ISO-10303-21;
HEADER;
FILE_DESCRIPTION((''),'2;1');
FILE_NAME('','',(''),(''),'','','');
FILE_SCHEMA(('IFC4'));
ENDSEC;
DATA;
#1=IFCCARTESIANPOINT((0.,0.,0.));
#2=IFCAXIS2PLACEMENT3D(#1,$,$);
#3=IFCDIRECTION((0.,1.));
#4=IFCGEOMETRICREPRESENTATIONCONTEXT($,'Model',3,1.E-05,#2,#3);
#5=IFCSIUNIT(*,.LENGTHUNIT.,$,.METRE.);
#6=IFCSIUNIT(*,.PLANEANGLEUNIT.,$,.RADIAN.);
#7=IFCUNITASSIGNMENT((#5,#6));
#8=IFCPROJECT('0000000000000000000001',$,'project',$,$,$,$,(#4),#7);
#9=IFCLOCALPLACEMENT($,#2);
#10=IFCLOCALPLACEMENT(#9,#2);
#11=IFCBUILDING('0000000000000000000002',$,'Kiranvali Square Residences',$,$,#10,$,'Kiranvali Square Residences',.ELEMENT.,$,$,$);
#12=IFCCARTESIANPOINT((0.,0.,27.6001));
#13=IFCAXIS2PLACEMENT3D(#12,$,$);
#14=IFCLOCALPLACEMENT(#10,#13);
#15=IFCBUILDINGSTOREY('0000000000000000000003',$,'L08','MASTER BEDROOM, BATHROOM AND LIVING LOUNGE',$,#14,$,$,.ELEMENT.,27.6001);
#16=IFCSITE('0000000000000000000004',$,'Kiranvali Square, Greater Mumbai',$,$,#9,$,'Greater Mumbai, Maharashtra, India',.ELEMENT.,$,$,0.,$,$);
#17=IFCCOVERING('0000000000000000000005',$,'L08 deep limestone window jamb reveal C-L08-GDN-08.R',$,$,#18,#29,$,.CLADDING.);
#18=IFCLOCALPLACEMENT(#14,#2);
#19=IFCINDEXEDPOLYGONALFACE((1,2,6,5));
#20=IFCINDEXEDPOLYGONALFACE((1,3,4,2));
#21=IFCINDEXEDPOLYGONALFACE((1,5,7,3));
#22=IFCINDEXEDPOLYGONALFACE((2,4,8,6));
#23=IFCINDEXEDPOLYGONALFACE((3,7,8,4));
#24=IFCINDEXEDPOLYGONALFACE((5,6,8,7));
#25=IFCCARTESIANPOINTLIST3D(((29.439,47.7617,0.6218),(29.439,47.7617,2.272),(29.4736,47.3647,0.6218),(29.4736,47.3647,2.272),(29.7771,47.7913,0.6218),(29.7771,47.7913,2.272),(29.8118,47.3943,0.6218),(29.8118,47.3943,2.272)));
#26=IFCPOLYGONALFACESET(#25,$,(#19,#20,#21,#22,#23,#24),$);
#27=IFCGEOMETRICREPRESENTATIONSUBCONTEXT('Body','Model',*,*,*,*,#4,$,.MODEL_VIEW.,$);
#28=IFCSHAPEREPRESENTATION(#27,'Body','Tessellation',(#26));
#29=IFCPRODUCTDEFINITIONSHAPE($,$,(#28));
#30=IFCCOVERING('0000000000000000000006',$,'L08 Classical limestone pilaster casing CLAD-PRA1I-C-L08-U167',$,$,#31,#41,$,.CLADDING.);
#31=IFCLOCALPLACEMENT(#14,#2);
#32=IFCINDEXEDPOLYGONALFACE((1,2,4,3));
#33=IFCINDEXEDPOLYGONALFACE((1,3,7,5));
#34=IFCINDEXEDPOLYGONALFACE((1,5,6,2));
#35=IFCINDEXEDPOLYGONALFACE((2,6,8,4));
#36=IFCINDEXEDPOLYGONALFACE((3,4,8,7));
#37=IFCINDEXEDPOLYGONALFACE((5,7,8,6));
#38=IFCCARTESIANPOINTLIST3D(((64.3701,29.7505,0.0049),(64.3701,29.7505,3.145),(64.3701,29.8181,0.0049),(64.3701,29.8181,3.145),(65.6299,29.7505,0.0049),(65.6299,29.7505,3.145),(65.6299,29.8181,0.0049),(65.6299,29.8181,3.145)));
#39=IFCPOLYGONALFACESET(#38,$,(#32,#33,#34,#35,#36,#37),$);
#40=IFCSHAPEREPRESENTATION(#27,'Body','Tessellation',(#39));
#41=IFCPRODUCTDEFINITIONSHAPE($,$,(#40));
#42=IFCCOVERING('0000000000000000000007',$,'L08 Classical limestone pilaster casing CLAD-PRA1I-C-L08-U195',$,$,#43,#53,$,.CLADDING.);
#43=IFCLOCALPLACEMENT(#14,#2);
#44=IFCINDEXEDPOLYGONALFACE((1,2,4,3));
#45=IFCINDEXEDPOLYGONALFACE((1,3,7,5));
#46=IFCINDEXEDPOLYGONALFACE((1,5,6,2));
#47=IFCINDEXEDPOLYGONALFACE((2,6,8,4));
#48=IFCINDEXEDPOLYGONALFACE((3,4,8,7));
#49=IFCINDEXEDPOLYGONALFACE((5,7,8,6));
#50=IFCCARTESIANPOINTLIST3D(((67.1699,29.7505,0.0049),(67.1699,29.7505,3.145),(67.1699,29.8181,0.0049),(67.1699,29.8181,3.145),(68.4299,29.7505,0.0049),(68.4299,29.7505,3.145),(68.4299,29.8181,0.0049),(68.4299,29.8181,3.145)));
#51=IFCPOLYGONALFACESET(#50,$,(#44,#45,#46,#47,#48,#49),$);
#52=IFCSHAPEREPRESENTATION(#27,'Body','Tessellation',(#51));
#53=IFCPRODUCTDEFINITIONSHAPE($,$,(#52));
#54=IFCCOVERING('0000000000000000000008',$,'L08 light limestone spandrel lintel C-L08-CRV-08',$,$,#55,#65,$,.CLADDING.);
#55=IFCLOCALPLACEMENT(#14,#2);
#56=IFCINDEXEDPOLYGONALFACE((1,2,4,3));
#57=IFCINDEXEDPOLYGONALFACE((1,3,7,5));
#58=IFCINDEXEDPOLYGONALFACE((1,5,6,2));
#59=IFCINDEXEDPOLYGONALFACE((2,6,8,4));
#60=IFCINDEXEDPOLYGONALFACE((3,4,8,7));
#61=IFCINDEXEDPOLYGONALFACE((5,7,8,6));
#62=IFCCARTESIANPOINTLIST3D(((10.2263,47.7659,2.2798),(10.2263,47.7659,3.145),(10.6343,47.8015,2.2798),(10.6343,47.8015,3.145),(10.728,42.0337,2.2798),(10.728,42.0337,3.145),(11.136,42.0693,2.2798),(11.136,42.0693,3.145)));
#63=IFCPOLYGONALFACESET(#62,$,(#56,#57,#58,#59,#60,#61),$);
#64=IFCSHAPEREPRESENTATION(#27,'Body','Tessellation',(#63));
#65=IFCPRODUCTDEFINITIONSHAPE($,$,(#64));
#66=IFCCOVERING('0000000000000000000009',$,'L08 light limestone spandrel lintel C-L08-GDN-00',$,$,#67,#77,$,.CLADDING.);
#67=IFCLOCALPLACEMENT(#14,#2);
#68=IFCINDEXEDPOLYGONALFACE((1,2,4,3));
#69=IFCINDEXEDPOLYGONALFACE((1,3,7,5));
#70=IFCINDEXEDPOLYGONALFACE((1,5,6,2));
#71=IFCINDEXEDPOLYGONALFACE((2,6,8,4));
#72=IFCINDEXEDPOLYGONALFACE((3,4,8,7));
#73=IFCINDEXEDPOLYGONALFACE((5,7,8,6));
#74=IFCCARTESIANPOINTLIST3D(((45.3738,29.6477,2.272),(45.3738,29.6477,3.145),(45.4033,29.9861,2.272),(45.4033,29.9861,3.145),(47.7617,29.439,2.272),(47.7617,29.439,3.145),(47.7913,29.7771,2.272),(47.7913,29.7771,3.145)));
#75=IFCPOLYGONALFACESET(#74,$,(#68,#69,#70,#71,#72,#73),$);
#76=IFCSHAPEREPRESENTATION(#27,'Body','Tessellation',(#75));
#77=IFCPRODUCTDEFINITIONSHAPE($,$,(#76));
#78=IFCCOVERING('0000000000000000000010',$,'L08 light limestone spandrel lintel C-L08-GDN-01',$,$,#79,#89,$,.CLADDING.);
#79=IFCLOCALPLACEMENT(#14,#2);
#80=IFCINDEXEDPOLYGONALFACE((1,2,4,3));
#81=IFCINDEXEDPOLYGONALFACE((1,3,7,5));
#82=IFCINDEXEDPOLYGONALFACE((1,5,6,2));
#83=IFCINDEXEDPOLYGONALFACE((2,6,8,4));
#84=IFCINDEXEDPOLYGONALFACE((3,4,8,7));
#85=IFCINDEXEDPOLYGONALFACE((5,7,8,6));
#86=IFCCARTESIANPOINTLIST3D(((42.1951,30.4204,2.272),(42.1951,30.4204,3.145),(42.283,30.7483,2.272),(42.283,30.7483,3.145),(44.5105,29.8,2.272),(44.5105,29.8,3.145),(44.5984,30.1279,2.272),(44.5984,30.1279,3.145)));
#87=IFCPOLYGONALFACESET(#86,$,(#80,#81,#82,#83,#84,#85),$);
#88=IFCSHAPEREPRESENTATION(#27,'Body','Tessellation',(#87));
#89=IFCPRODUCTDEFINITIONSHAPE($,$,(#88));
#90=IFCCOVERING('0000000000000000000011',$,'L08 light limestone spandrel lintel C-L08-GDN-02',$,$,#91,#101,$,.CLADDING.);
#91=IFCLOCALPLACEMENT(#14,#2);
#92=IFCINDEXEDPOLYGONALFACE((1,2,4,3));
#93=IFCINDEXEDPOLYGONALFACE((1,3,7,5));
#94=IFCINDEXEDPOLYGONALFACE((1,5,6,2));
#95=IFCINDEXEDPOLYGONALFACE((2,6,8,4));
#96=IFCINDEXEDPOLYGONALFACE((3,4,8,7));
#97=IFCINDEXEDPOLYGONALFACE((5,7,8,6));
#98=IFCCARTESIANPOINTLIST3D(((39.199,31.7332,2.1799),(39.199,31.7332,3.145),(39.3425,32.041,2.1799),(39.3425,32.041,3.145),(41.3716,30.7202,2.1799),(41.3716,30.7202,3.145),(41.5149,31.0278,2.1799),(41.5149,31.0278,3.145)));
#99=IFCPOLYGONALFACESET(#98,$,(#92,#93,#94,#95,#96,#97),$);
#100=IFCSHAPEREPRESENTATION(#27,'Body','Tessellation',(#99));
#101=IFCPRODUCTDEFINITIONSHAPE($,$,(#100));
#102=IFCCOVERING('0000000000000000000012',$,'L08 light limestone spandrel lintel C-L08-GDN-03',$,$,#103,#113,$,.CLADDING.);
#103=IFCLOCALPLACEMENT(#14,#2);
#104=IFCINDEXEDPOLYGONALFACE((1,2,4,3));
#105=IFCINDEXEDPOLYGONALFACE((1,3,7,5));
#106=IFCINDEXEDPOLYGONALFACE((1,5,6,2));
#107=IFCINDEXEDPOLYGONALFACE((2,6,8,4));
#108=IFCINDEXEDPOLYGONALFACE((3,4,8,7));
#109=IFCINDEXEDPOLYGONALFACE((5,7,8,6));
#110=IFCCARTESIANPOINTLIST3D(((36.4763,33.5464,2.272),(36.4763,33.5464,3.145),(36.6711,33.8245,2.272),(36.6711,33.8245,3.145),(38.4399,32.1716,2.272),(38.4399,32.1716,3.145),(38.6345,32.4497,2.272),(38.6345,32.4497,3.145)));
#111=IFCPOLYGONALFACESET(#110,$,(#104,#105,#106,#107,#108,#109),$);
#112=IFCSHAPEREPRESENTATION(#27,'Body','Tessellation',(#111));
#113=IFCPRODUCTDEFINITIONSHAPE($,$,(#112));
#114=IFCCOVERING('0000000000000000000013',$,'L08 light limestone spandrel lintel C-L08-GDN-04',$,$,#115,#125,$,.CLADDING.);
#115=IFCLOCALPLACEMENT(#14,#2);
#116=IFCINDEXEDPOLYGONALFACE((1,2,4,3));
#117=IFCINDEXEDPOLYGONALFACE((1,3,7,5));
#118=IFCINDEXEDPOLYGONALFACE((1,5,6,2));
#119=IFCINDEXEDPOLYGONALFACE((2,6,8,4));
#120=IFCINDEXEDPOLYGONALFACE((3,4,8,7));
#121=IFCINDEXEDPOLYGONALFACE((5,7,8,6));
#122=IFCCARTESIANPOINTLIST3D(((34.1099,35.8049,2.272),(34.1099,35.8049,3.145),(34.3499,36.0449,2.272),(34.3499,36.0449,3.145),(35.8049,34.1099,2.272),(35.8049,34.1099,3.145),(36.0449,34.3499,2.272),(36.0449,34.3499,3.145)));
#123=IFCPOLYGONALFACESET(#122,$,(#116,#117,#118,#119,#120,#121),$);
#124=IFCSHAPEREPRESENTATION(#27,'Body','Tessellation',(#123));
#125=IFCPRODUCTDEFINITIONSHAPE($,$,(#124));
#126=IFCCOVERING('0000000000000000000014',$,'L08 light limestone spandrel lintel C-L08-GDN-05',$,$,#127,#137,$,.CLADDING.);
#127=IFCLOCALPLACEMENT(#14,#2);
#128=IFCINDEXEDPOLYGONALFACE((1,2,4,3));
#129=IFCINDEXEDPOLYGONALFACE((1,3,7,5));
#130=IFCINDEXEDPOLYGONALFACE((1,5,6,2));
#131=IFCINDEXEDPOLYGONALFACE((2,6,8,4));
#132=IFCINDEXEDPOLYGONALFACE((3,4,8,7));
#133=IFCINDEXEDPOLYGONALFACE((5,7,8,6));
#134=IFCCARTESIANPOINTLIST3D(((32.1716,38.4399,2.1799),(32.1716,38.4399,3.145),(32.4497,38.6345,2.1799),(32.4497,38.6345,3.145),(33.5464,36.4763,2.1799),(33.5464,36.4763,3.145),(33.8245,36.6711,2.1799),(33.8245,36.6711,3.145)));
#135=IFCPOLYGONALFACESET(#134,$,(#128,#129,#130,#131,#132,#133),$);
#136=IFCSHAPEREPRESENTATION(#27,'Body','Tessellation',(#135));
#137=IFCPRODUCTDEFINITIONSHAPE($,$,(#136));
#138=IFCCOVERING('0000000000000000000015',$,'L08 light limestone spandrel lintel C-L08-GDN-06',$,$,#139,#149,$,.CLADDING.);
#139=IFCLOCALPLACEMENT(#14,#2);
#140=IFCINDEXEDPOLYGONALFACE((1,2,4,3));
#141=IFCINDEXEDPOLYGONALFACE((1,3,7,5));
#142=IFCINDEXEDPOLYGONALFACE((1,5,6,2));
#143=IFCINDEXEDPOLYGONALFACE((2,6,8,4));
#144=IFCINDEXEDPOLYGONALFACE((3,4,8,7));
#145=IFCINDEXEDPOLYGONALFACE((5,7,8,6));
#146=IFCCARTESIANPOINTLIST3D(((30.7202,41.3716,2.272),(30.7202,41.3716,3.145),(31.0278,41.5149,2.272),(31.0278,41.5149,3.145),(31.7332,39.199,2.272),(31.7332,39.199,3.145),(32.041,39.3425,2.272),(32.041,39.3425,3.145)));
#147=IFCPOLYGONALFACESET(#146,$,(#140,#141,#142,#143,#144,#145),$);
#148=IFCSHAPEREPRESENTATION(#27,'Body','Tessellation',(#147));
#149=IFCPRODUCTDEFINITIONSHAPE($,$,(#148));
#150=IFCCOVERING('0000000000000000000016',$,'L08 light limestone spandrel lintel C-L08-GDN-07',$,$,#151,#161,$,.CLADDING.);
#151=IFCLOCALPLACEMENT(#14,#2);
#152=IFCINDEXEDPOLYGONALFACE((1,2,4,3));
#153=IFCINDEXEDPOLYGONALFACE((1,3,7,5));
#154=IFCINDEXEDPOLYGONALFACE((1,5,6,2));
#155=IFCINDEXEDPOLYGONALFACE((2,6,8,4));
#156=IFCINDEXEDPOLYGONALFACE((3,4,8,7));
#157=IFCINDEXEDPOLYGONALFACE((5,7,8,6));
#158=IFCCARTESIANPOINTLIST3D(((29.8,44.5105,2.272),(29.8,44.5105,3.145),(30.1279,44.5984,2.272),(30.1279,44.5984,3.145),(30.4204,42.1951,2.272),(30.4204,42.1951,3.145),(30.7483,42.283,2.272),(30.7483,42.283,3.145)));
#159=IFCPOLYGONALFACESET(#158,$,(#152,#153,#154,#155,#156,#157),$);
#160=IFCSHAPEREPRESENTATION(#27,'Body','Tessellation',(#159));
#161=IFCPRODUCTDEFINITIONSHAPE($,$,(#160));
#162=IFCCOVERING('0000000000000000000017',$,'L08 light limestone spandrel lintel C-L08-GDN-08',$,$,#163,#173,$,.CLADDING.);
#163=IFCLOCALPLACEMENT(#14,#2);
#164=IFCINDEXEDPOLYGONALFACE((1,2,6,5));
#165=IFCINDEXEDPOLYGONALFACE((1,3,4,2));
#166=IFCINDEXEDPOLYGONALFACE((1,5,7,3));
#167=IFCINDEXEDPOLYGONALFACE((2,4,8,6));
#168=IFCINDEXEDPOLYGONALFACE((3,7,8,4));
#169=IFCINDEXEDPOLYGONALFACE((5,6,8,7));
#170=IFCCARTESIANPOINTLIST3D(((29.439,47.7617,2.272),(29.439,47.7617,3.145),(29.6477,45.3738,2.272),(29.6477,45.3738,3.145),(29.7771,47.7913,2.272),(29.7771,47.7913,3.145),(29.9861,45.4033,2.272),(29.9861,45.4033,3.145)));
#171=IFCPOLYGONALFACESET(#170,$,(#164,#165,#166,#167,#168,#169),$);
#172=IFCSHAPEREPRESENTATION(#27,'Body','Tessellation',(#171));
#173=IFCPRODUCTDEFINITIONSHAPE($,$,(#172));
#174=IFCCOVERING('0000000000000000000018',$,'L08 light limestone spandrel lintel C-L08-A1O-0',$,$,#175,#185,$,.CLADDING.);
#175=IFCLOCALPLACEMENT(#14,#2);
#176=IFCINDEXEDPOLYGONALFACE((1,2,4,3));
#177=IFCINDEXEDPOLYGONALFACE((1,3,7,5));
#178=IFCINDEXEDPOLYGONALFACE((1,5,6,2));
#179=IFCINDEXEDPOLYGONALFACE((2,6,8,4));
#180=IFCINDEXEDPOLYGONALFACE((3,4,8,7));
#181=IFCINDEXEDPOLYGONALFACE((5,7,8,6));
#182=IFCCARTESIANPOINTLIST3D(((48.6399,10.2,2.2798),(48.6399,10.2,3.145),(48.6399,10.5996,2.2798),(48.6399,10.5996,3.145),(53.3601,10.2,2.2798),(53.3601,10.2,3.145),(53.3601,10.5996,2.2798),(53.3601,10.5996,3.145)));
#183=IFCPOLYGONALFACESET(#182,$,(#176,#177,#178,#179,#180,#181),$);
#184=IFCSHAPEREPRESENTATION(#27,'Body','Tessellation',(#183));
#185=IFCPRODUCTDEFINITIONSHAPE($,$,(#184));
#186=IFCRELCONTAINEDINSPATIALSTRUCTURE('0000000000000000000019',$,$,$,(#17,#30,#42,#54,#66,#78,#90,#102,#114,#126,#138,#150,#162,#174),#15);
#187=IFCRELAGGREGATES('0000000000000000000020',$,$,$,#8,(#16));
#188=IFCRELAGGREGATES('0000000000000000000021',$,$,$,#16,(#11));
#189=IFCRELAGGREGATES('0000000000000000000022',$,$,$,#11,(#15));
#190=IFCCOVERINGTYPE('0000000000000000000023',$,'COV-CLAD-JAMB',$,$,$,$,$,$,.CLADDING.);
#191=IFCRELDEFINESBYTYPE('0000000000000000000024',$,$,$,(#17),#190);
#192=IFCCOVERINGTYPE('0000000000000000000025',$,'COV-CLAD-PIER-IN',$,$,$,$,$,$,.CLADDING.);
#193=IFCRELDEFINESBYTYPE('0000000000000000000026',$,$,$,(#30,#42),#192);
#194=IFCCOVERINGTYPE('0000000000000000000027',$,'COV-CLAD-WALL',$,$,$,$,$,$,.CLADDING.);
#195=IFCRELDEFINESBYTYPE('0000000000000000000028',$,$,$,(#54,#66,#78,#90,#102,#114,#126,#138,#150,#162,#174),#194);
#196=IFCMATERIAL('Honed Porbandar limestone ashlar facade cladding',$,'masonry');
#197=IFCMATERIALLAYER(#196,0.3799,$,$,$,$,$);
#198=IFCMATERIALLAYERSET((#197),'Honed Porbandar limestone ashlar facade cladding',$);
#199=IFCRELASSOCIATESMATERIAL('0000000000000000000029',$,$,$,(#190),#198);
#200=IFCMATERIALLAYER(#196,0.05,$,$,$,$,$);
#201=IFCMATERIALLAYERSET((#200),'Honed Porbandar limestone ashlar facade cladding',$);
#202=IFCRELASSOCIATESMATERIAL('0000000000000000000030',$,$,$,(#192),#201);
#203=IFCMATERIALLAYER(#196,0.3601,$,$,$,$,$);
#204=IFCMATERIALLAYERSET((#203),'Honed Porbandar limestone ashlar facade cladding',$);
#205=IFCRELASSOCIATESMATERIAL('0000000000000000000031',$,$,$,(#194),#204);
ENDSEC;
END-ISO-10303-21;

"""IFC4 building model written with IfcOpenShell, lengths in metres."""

from ifc_helpers import new_model, si_unit, direction, frame, origin, place, context, subcontext, project, spatial, polyline, outline, extrude, material, layer, layer_set, type_object, element, save


model = new_model("IFC4")

# Units and contexts
model_context = context("Model", 3, precision=1e-05, world=origin(), true_north=direction((0.0, 1.0)))
body_context = subcontext(model_context, "Body", "Model", "MODEL_VIEW")
ifc_project = project(units=[si_unit("LENGTHUNIT", "METRE"), si_unit("PLANEANGLEUNIT", "RADIAN")], contexts=[model_context])

# Site, building, storey
site_placement = place(None, origin())
site = spatial("IfcSite", under=ifc_project, at=site_placement, Name="Kiranvali Square, Greater Mumbai", LongName="Greater Mumbai, Maharashtra, India", CompositionType="ELEMENT", RefElevation=0.0)
building_placement = place(site_placement, origin())
building = spatial("IfcBuilding", under=site, at=building_placement, Name="Kiranvali Square Residences", LongName="Kiranvali Square Residences", CompositionType="ELEMENT")
storey_placement = place(building_placement, frame((0.0, 0.0, 27.6001)))
storey = spatial("IfcBuildingStorey", under=building, at=storey_placement, Name="L08", Description="MASTER BEDROOM, BATHROOM AND LIVING LOUNGE", CompositionType="ELEMENT", Elevation=27.6001)

# Coverings
ifc_material = material(Name="Honed Porbandar limestone ashlar facade cladding", Category="masonry")
ifc_layer_1 = layer(ifc_material, 0.3799)
ifc_layer_set_1 = layer_set([ifc_layer_1], Name="Honed Porbandar limestone ashlar facade cladding")
covering_type_1 = type_object("IfcCoveringType", Name="COV-CLAD-JAMB", PredefinedType="CLADDING", material=ifc_layer_set_1)
covering_1_placement = place(storey_placement, frame((0.0, 0.0, 0.6218)))
element("IfcCovering", 1, at=covering_1_placement, inside=storey, type_object=covering_type_1, Name="L08 deep limestone window jamb reveal C-L08-GDN-08.R", PredefinedType="CLADDING", context=body_context, shape_type="SweptSolid", body=[
    extrude(outline(polyline([(29.8118, 47.3943), (29.7771, 47.7913), (29.439, 47.7617), (29.4736, 47.3647), (29.8118, 47.3943)])), origin(), (0.0, 0.0, 1.0), 1.6501),
])
ifc_layer_2 = layer(ifc_material, 0.05)
ifc_layer_set_2 = layer_set([ifc_layer_2], Name="Honed Porbandar limestone ashlar facade cladding")
covering_type_2 = type_object("IfcCoveringType", Name="COV-CLAD-PIER-IN", PredefinedType="CLADDING", material=ifc_layer_set_2)
covering_2_placement = place(storey_placement, frame((0.0, 0.0, 0.0049)))
element("IfcCovering", 2, at=covering_2_placement, inside=storey, type_object=covering_type_2, Name="L08 Classical limestone pilaster casing CLAD-PRA1I-C-L08-U167", PredefinedType="CLADDING", context=body_context, shape_type="SweptSolid", body=[
    extrude(outline(polyline([(64.3701, 29.7505), (65.6299, 29.7505), (65.6299, 29.8181), (64.3701, 29.8181), (64.3701, 29.7505)])), origin(), (0.0, 0.0, 1.0), 3.1401),
])
covering_3_placement = place(storey_placement, frame((0.0, 0.0, 0.0049)))
element("IfcCovering", 3, at=covering_3_placement, inside=storey, type_object=covering_type_2, Name="L08 Classical limestone pilaster casing CLAD-PRA1I-C-L08-U195", PredefinedType="CLADDING", context=body_context, shape_type="SweptSolid", body=[
    extrude(outline(polyline([(67.1699, 29.7505), (68.4299, 29.7505), (68.4299, 29.8181), (67.1699, 29.8181), (67.1699, 29.7505)])), origin(), (0.0, 0.0, 1.0), 3.1401),
])
ifc_layer_3 = layer(ifc_material, 0.3601)
ifc_layer_set_3 = layer_set([ifc_layer_3], Name="Honed Porbandar limestone ashlar facade cladding")
covering_type_3 = type_object("IfcCoveringType", Name="COV-CLAD-WALL", PredefinedType="CLADDING", material=ifc_layer_set_3)
covering_4_placement = place(storey_placement, frame((0.0, 0.0, 2.2798)))
element("IfcCovering", 4, at=covering_4_placement, inside=storey, type_object=covering_type_3, Name="L08 light limestone spandrel lintel C-L08-CRV-08", PredefinedType="CLADDING", context=body_context, shape_type="SweptSolid", body=[
    extrude(outline(polyline([(11.136, 42.0693), (10.6343, 47.8015), (10.2263, 47.7659), (10.728, 42.0337), (11.136, 42.0693)])), origin(), (0.0, 0.0, 1.0), 0.8652),
])
covering_5_placement = place(storey_placement, frame((0.0, 0.0, 2.272)))
element("IfcCovering", 5, at=covering_5_placement, inside=storey, type_object=covering_type_3, Name="L08 light limestone spandrel lintel C-L08-GDN-00", PredefinedType="CLADDING", context=body_context, shape_type="SweptSolid", body=[
    extrude(outline(polyline([(47.7913, 29.7771), (45.4033, 29.9861), (45.3738, 29.6477), (47.7617, 29.439), (47.7913, 29.7771)])), origin(), (0.0, 0.0, 1.0), 0.873),
])
covering_6_placement = place(storey_placement, frame((0.0, 0.0, 2.272)))
element("IfcCovering", 6, at=covering_6_placement, inside=storey, type_object=covering_type_3, Name="L08 light limestone spandrel lintel C-L08-GDN-01", PredefinedType="CLADDING", context=body_context, shape_type="SweptSolid", body=[
    extrude(outline(polyline([(44.5984, 30.1279), (42.283, 30.7483), (42.1951, 30.4204), (44.5105, 29.8), (44.5984, 30.1279)])), origin(), (0.0, 0.0, 1.0), 0.873),
])
covering_7_placement = place(storey_placement, frame((0.0, 0.0, 2.1799)))
element("IfcCovering", 7, at=covering_7_placement, inside=storey, type_object=covering_type_3, Name="L08 light limestone spandrel lintel C-L08-GDN-02", PredefinedType="CLADDING", context=body_context, shape_type="SweptSolid", body=[
    extrude(outline(polyline([(41.5149, 31.0278), (39.3425, 32.041), (39.199, 31.7332), (41.3716, 30.7202), (41.5149, 31.0278)])), origin(), (0.0, 0.0, 1.0), 0.9651),
])
covering_8_placement = place(storey_placement, frame((0.0, 0.0, 2.272)))
element("IfcCovering", 8, at=covering_8_placement, inside=storey, type_object=covering_type_3, Name="L08 light limestone spandrel lintel C-L08-GDN-03", PredefinedType="CLADDING", context=body_context, shape_type="SweptSolid", body=[
    extrude(outline(polyline([(38.6345, 32.4497), (36.6711, 33.8245), (36.4763, 33.5464), (38.4399, 32.1716), (38.6345, 32.4497)])), origin(), (0.0, 0.0, 1.0), 0.873),
])
covering_9_placement = place(storey_placement, frame((0.0, 0.0, 2.272)))
element("IfcCovering", 9, at=covering_9_placement, inside=storey, type_object=covering_type_3, Name="L08 light limestone spandrel lintel C-L08-GDN-04", PredefinedType="CLADDING", context=body_context, shape_type="SweptSolid", body=[
    extrude(outline(polyline([(36.0449, 34.3499), (34.3499, 36.0449), (34.1099, 35.8049), (35.8049, 34.1099), (36.0449, 34.3499)])), origin(), (0.0, 0.0, 1.0), 0.873),
])
covering_10_placement = place(storey_placement, frame((0.0, 0.0, 2.1799)))
element("IfcCovering", 10, at=covering_10_placement, inside=storey, type_object=covering_type_3, Name="L08 light limestone spandrel lintel C-L08-GDN-05", PredefinedType="CLADDING", context=body_context, shape_type="SweptSolid", body=[
    extrude(outline(polyline([(33.8245, 36.6711), (32.4497, 38.6345), (32.1716, 38.4399), (33.5464, 36.4763), (33.8245, 36.6711)])), origin(), (0.0, 0.0, 1.0), 0.9651),
])
covering_11_placement = place(storey_placement, frame((0.0, 0.0, 2.272)))
element("IfcCovering", 11, at=covering_11_placement, inside=storey, type_object=covering_type_3, Name="L08 light limestone spandrel lintel C-L08-GDN-06", PredefinedType="CLADDING", context=body_context, shape_type="SweptSolid", body=[
    extrude(outline(polyline([(32.041, 39.3425), (31.0278, 41.5149), (30.7202, 41.3716), (31.7332, 39.199), (32.041, 39.3425)])), origin(), (0.0, 0.0, 1.0), 0.873),
])
covering_12_placement = place(storey_placement, frame((0.0, 0.0, 2.272)))
element("IfcCovering", 12, at=covering_12_placement, inside=storey, type_object=covering_type_3, Name="L08 light limestone spandrel lintel C-L08-GDN-07", PredefinedType="CLADDING", context=body_context, shape_type="SweptSolid", body=[
    extrude(outline(polyline([(30.7483, 42.283), (30.1279, 44.5984), (29.8, 44.5105), (30.4204, 42.1951), (30.7483, 42.283)])), origin(), (0.0, 0.0, 1.0), 0.873),
])
covering_13_placement = place(storey_placement, frame((0.0, 0.0, 2.272)))
element("IfcCovering", 13, at=covering_13_placement, inside=storey, type_object=covering_type_3, Name="L08 light limestone spandrel lintel C-L08-GDN-08", PredefinedType="CLADDING", context=body_context, shape_type="SweptSolid", body=[
    extrude(outline(polyline([(29.9861, 45.4033), (29.7771, 47.7913), (29.439, 47.7617), (29.6477, 45.3738), (29.9861, 45.4033)])), origin(), (0.0, 0.0, 1.0), 0.873),
])
covering_14_placement = place(storey_placement, frame((0.0, 0.0, 2.2798)))
element("IfcCovering", 14, at=covering_14_placement, inside=storey, type_object=covering_type_3, Name="L08 light limestone spandrel lintel C-L08-A1O-0", PredefinedType="CLADDING", context=body_context, shape_type="SweptSolid", body=[
    extrude(outline(polyline([(48.6399, 10.2), (53.3601, 10.2), (53.3601, 10.5996), (48.6399, 10.5996), (48.6399, 10.2)])), origin(), (0.0, 0.0, 1.0), 0.8652),
])

save(model, "model.ifc")
